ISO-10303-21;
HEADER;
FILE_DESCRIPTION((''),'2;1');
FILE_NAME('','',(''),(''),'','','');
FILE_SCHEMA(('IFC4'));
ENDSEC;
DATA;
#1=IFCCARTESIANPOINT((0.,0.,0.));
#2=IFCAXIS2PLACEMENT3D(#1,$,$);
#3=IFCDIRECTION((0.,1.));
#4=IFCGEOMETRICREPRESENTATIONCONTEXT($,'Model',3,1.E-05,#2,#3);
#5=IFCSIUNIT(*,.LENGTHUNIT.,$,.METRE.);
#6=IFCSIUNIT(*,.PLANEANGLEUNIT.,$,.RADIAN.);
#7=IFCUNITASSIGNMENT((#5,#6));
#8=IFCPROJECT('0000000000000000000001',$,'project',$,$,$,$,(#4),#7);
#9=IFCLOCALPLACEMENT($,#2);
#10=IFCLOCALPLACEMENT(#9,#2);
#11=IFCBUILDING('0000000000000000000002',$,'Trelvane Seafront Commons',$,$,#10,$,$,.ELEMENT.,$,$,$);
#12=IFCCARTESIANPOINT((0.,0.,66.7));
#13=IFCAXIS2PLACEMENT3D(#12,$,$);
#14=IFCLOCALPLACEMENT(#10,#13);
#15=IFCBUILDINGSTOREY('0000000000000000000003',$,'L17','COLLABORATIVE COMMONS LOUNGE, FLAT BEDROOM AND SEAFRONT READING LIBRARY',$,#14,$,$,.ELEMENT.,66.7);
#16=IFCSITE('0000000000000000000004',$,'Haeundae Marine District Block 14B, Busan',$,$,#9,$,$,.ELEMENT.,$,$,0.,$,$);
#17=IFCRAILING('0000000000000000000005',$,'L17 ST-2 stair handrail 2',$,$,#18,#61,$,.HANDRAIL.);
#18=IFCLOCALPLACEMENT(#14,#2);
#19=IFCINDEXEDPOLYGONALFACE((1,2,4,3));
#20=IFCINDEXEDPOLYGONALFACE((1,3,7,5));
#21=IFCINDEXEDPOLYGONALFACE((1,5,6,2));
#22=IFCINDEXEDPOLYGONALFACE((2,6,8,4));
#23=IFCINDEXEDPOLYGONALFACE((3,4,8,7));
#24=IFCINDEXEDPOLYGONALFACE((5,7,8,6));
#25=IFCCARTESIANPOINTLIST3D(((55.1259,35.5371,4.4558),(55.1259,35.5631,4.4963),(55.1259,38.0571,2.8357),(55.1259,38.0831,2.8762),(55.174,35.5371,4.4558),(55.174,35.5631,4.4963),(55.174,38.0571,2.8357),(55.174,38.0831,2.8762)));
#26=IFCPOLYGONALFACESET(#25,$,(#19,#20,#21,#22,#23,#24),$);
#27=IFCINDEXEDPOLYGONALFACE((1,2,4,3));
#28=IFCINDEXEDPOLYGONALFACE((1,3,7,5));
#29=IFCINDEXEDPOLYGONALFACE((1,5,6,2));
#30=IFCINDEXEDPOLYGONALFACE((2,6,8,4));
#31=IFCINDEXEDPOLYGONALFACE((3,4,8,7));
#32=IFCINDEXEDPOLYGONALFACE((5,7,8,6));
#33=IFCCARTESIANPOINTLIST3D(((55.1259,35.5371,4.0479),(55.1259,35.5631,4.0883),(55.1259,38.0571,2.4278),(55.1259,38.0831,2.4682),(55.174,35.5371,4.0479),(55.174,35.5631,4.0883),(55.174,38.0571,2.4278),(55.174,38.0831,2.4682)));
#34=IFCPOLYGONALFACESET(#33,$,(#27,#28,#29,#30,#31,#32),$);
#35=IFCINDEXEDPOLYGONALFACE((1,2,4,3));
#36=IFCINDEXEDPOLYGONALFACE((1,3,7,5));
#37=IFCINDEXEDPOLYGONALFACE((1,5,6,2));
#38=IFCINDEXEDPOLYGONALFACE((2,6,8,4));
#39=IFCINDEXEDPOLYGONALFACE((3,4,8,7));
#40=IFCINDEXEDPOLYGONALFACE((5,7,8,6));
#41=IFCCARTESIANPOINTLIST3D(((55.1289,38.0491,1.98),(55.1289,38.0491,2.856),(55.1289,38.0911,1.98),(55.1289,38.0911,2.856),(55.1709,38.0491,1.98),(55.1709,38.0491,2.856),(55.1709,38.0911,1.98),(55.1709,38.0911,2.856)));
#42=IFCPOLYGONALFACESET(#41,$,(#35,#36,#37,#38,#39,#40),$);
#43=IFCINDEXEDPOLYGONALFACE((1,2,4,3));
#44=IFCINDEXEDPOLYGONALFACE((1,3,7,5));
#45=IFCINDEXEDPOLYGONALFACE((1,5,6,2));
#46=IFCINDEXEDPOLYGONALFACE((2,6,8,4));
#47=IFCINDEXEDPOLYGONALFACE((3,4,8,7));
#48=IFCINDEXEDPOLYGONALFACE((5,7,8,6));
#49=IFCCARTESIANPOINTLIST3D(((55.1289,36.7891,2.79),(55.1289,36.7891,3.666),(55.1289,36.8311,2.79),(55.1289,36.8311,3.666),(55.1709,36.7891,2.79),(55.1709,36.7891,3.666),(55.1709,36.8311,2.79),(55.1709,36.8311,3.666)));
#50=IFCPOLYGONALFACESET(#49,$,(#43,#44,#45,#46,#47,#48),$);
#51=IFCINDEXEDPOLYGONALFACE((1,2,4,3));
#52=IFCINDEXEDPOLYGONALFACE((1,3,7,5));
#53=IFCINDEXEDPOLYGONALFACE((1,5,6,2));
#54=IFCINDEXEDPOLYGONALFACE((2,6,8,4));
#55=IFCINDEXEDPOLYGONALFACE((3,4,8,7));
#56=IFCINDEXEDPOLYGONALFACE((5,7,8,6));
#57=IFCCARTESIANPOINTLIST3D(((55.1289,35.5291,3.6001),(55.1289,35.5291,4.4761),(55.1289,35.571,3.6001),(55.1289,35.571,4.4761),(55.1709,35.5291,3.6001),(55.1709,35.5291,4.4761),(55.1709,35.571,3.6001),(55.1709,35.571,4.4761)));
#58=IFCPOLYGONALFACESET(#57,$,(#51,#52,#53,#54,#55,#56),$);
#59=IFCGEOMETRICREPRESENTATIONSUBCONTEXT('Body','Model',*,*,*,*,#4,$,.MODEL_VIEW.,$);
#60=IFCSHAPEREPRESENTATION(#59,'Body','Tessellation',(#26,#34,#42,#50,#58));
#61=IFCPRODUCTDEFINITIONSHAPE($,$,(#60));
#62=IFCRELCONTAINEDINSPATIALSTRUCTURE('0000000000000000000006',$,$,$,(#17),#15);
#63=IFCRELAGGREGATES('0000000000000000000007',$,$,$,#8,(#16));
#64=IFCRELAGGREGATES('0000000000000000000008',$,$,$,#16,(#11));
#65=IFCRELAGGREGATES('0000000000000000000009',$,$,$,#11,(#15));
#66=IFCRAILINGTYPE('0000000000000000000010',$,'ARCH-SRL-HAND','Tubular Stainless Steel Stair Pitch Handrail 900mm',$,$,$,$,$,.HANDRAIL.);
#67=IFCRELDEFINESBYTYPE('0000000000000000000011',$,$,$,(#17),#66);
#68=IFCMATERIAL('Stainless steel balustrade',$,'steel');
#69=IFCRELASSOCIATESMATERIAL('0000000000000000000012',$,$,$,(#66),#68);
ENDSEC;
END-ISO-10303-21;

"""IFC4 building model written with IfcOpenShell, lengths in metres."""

from ifc_helpers import new_model, si_unit, direction, frame, origin, origin_2d, place, context, subcontext, project, spatial, rectangle, extrude, material, type_object, element, save


model = new_model("IFC4")

# Units and contexts
model_context = context("Model", 3, precision=1e-05, world=origin(), true_north=direction((0.0, 1.0)))
body_context = subcontext(model_context, "Body", "Model", "MODEL_VIEW")
ifc_project = project(units=[si_unit("LENGTHUNIT", "METRE"), si_unit("PLANEANGLEUNIT", "RADIAN")], contexts=[model_context])

# Site, building, storey
site_placement = place(None, origin())
site = spatial("IfcSite", under=ifc_project, at=site_placement, Name="Haeundae Marine District Block 14B, Busan", CompositionType="ELEMENT", RefElevation=0.0)
building_placement = place(site_placement, origin())
building = spatial("IfcBuilding", under=site, at=building_placement, Name="Trelvane Seafront Commons", CompositionType="ELEMENT")
storey_placement = place(building_placement, frame((0.0, 0.0, 66.7)))
storey = spatial("IfcBuildingStorey", under=building, at=storey_placement, Name="L17", Description="COLLABORATIVE COMMONS LOUNGE, FLAT BEDROOM AND SEAFRONT READING LIBRARY", CompositionType="ELEMENT", Elevation=66.7)

# Railing
ifc_material_1 = material(Name="Stainless steel balustrade", Category="steel")
railing_type = type_object("IfcRailingType", Name="ARCH-SRL-HAND", Description="Tubular Stainless Steel Stair Pitch Handrail 900mm", PredefinedType="HANDRAIL", material=ifc_material_1)
railing_placement = place(storey_placement, frame((55.1499, 38.0701, 1.98)))
element("IfcRailing", 1, at=railing_placement, inside=storey, type_object=railing_type, Name="L17 ST-2 stair handrail 2", PredefinedType="HANDRAIL", context=body_context, shape_type="SweptSolid", body=[
    extrude(rectangle(XDim=0.0481, YDim=0.0481, at=origin_2d()), frame((0.0, 0.0, 0.876), z_axis=(0.0, -0.841163, 0.540782), x_axis=(1.0, 0.0, 0.0)), (0.0, 0.0, 1.0), 2.9958),
    extrude(rectangle(XDim=0.0481, YDim=0.0481, at=origin_2d()), frame((0.0, 0.0, 0.468), z_axis=(0.0, -0.841163, 0.540782), x_axis=(1.0, 0.0, 0.0)), (0.0, 0.0, 1.0), 2.9958),
    extrude(rectangle(XDim=0.042, YDim=0.042, at=origin_2d()), origin(), (0.0, 0.0, 1.0), 0.876),
    extrude(rectangle(XDim=0.042, YDim=0.042, at=origin_2d()), frame((0.0, -1.26, 0.8101)), (0.0, 0.0, 1.0), 0.876),
    extrude(rectangle(XDim=0.042, YDim=0.042, at=origin_2d()), frame((0.0, -2.52, 1.6201)), (0.0, 0.0, 1.0), 0.876),
])

save(model, "model.ifc")
